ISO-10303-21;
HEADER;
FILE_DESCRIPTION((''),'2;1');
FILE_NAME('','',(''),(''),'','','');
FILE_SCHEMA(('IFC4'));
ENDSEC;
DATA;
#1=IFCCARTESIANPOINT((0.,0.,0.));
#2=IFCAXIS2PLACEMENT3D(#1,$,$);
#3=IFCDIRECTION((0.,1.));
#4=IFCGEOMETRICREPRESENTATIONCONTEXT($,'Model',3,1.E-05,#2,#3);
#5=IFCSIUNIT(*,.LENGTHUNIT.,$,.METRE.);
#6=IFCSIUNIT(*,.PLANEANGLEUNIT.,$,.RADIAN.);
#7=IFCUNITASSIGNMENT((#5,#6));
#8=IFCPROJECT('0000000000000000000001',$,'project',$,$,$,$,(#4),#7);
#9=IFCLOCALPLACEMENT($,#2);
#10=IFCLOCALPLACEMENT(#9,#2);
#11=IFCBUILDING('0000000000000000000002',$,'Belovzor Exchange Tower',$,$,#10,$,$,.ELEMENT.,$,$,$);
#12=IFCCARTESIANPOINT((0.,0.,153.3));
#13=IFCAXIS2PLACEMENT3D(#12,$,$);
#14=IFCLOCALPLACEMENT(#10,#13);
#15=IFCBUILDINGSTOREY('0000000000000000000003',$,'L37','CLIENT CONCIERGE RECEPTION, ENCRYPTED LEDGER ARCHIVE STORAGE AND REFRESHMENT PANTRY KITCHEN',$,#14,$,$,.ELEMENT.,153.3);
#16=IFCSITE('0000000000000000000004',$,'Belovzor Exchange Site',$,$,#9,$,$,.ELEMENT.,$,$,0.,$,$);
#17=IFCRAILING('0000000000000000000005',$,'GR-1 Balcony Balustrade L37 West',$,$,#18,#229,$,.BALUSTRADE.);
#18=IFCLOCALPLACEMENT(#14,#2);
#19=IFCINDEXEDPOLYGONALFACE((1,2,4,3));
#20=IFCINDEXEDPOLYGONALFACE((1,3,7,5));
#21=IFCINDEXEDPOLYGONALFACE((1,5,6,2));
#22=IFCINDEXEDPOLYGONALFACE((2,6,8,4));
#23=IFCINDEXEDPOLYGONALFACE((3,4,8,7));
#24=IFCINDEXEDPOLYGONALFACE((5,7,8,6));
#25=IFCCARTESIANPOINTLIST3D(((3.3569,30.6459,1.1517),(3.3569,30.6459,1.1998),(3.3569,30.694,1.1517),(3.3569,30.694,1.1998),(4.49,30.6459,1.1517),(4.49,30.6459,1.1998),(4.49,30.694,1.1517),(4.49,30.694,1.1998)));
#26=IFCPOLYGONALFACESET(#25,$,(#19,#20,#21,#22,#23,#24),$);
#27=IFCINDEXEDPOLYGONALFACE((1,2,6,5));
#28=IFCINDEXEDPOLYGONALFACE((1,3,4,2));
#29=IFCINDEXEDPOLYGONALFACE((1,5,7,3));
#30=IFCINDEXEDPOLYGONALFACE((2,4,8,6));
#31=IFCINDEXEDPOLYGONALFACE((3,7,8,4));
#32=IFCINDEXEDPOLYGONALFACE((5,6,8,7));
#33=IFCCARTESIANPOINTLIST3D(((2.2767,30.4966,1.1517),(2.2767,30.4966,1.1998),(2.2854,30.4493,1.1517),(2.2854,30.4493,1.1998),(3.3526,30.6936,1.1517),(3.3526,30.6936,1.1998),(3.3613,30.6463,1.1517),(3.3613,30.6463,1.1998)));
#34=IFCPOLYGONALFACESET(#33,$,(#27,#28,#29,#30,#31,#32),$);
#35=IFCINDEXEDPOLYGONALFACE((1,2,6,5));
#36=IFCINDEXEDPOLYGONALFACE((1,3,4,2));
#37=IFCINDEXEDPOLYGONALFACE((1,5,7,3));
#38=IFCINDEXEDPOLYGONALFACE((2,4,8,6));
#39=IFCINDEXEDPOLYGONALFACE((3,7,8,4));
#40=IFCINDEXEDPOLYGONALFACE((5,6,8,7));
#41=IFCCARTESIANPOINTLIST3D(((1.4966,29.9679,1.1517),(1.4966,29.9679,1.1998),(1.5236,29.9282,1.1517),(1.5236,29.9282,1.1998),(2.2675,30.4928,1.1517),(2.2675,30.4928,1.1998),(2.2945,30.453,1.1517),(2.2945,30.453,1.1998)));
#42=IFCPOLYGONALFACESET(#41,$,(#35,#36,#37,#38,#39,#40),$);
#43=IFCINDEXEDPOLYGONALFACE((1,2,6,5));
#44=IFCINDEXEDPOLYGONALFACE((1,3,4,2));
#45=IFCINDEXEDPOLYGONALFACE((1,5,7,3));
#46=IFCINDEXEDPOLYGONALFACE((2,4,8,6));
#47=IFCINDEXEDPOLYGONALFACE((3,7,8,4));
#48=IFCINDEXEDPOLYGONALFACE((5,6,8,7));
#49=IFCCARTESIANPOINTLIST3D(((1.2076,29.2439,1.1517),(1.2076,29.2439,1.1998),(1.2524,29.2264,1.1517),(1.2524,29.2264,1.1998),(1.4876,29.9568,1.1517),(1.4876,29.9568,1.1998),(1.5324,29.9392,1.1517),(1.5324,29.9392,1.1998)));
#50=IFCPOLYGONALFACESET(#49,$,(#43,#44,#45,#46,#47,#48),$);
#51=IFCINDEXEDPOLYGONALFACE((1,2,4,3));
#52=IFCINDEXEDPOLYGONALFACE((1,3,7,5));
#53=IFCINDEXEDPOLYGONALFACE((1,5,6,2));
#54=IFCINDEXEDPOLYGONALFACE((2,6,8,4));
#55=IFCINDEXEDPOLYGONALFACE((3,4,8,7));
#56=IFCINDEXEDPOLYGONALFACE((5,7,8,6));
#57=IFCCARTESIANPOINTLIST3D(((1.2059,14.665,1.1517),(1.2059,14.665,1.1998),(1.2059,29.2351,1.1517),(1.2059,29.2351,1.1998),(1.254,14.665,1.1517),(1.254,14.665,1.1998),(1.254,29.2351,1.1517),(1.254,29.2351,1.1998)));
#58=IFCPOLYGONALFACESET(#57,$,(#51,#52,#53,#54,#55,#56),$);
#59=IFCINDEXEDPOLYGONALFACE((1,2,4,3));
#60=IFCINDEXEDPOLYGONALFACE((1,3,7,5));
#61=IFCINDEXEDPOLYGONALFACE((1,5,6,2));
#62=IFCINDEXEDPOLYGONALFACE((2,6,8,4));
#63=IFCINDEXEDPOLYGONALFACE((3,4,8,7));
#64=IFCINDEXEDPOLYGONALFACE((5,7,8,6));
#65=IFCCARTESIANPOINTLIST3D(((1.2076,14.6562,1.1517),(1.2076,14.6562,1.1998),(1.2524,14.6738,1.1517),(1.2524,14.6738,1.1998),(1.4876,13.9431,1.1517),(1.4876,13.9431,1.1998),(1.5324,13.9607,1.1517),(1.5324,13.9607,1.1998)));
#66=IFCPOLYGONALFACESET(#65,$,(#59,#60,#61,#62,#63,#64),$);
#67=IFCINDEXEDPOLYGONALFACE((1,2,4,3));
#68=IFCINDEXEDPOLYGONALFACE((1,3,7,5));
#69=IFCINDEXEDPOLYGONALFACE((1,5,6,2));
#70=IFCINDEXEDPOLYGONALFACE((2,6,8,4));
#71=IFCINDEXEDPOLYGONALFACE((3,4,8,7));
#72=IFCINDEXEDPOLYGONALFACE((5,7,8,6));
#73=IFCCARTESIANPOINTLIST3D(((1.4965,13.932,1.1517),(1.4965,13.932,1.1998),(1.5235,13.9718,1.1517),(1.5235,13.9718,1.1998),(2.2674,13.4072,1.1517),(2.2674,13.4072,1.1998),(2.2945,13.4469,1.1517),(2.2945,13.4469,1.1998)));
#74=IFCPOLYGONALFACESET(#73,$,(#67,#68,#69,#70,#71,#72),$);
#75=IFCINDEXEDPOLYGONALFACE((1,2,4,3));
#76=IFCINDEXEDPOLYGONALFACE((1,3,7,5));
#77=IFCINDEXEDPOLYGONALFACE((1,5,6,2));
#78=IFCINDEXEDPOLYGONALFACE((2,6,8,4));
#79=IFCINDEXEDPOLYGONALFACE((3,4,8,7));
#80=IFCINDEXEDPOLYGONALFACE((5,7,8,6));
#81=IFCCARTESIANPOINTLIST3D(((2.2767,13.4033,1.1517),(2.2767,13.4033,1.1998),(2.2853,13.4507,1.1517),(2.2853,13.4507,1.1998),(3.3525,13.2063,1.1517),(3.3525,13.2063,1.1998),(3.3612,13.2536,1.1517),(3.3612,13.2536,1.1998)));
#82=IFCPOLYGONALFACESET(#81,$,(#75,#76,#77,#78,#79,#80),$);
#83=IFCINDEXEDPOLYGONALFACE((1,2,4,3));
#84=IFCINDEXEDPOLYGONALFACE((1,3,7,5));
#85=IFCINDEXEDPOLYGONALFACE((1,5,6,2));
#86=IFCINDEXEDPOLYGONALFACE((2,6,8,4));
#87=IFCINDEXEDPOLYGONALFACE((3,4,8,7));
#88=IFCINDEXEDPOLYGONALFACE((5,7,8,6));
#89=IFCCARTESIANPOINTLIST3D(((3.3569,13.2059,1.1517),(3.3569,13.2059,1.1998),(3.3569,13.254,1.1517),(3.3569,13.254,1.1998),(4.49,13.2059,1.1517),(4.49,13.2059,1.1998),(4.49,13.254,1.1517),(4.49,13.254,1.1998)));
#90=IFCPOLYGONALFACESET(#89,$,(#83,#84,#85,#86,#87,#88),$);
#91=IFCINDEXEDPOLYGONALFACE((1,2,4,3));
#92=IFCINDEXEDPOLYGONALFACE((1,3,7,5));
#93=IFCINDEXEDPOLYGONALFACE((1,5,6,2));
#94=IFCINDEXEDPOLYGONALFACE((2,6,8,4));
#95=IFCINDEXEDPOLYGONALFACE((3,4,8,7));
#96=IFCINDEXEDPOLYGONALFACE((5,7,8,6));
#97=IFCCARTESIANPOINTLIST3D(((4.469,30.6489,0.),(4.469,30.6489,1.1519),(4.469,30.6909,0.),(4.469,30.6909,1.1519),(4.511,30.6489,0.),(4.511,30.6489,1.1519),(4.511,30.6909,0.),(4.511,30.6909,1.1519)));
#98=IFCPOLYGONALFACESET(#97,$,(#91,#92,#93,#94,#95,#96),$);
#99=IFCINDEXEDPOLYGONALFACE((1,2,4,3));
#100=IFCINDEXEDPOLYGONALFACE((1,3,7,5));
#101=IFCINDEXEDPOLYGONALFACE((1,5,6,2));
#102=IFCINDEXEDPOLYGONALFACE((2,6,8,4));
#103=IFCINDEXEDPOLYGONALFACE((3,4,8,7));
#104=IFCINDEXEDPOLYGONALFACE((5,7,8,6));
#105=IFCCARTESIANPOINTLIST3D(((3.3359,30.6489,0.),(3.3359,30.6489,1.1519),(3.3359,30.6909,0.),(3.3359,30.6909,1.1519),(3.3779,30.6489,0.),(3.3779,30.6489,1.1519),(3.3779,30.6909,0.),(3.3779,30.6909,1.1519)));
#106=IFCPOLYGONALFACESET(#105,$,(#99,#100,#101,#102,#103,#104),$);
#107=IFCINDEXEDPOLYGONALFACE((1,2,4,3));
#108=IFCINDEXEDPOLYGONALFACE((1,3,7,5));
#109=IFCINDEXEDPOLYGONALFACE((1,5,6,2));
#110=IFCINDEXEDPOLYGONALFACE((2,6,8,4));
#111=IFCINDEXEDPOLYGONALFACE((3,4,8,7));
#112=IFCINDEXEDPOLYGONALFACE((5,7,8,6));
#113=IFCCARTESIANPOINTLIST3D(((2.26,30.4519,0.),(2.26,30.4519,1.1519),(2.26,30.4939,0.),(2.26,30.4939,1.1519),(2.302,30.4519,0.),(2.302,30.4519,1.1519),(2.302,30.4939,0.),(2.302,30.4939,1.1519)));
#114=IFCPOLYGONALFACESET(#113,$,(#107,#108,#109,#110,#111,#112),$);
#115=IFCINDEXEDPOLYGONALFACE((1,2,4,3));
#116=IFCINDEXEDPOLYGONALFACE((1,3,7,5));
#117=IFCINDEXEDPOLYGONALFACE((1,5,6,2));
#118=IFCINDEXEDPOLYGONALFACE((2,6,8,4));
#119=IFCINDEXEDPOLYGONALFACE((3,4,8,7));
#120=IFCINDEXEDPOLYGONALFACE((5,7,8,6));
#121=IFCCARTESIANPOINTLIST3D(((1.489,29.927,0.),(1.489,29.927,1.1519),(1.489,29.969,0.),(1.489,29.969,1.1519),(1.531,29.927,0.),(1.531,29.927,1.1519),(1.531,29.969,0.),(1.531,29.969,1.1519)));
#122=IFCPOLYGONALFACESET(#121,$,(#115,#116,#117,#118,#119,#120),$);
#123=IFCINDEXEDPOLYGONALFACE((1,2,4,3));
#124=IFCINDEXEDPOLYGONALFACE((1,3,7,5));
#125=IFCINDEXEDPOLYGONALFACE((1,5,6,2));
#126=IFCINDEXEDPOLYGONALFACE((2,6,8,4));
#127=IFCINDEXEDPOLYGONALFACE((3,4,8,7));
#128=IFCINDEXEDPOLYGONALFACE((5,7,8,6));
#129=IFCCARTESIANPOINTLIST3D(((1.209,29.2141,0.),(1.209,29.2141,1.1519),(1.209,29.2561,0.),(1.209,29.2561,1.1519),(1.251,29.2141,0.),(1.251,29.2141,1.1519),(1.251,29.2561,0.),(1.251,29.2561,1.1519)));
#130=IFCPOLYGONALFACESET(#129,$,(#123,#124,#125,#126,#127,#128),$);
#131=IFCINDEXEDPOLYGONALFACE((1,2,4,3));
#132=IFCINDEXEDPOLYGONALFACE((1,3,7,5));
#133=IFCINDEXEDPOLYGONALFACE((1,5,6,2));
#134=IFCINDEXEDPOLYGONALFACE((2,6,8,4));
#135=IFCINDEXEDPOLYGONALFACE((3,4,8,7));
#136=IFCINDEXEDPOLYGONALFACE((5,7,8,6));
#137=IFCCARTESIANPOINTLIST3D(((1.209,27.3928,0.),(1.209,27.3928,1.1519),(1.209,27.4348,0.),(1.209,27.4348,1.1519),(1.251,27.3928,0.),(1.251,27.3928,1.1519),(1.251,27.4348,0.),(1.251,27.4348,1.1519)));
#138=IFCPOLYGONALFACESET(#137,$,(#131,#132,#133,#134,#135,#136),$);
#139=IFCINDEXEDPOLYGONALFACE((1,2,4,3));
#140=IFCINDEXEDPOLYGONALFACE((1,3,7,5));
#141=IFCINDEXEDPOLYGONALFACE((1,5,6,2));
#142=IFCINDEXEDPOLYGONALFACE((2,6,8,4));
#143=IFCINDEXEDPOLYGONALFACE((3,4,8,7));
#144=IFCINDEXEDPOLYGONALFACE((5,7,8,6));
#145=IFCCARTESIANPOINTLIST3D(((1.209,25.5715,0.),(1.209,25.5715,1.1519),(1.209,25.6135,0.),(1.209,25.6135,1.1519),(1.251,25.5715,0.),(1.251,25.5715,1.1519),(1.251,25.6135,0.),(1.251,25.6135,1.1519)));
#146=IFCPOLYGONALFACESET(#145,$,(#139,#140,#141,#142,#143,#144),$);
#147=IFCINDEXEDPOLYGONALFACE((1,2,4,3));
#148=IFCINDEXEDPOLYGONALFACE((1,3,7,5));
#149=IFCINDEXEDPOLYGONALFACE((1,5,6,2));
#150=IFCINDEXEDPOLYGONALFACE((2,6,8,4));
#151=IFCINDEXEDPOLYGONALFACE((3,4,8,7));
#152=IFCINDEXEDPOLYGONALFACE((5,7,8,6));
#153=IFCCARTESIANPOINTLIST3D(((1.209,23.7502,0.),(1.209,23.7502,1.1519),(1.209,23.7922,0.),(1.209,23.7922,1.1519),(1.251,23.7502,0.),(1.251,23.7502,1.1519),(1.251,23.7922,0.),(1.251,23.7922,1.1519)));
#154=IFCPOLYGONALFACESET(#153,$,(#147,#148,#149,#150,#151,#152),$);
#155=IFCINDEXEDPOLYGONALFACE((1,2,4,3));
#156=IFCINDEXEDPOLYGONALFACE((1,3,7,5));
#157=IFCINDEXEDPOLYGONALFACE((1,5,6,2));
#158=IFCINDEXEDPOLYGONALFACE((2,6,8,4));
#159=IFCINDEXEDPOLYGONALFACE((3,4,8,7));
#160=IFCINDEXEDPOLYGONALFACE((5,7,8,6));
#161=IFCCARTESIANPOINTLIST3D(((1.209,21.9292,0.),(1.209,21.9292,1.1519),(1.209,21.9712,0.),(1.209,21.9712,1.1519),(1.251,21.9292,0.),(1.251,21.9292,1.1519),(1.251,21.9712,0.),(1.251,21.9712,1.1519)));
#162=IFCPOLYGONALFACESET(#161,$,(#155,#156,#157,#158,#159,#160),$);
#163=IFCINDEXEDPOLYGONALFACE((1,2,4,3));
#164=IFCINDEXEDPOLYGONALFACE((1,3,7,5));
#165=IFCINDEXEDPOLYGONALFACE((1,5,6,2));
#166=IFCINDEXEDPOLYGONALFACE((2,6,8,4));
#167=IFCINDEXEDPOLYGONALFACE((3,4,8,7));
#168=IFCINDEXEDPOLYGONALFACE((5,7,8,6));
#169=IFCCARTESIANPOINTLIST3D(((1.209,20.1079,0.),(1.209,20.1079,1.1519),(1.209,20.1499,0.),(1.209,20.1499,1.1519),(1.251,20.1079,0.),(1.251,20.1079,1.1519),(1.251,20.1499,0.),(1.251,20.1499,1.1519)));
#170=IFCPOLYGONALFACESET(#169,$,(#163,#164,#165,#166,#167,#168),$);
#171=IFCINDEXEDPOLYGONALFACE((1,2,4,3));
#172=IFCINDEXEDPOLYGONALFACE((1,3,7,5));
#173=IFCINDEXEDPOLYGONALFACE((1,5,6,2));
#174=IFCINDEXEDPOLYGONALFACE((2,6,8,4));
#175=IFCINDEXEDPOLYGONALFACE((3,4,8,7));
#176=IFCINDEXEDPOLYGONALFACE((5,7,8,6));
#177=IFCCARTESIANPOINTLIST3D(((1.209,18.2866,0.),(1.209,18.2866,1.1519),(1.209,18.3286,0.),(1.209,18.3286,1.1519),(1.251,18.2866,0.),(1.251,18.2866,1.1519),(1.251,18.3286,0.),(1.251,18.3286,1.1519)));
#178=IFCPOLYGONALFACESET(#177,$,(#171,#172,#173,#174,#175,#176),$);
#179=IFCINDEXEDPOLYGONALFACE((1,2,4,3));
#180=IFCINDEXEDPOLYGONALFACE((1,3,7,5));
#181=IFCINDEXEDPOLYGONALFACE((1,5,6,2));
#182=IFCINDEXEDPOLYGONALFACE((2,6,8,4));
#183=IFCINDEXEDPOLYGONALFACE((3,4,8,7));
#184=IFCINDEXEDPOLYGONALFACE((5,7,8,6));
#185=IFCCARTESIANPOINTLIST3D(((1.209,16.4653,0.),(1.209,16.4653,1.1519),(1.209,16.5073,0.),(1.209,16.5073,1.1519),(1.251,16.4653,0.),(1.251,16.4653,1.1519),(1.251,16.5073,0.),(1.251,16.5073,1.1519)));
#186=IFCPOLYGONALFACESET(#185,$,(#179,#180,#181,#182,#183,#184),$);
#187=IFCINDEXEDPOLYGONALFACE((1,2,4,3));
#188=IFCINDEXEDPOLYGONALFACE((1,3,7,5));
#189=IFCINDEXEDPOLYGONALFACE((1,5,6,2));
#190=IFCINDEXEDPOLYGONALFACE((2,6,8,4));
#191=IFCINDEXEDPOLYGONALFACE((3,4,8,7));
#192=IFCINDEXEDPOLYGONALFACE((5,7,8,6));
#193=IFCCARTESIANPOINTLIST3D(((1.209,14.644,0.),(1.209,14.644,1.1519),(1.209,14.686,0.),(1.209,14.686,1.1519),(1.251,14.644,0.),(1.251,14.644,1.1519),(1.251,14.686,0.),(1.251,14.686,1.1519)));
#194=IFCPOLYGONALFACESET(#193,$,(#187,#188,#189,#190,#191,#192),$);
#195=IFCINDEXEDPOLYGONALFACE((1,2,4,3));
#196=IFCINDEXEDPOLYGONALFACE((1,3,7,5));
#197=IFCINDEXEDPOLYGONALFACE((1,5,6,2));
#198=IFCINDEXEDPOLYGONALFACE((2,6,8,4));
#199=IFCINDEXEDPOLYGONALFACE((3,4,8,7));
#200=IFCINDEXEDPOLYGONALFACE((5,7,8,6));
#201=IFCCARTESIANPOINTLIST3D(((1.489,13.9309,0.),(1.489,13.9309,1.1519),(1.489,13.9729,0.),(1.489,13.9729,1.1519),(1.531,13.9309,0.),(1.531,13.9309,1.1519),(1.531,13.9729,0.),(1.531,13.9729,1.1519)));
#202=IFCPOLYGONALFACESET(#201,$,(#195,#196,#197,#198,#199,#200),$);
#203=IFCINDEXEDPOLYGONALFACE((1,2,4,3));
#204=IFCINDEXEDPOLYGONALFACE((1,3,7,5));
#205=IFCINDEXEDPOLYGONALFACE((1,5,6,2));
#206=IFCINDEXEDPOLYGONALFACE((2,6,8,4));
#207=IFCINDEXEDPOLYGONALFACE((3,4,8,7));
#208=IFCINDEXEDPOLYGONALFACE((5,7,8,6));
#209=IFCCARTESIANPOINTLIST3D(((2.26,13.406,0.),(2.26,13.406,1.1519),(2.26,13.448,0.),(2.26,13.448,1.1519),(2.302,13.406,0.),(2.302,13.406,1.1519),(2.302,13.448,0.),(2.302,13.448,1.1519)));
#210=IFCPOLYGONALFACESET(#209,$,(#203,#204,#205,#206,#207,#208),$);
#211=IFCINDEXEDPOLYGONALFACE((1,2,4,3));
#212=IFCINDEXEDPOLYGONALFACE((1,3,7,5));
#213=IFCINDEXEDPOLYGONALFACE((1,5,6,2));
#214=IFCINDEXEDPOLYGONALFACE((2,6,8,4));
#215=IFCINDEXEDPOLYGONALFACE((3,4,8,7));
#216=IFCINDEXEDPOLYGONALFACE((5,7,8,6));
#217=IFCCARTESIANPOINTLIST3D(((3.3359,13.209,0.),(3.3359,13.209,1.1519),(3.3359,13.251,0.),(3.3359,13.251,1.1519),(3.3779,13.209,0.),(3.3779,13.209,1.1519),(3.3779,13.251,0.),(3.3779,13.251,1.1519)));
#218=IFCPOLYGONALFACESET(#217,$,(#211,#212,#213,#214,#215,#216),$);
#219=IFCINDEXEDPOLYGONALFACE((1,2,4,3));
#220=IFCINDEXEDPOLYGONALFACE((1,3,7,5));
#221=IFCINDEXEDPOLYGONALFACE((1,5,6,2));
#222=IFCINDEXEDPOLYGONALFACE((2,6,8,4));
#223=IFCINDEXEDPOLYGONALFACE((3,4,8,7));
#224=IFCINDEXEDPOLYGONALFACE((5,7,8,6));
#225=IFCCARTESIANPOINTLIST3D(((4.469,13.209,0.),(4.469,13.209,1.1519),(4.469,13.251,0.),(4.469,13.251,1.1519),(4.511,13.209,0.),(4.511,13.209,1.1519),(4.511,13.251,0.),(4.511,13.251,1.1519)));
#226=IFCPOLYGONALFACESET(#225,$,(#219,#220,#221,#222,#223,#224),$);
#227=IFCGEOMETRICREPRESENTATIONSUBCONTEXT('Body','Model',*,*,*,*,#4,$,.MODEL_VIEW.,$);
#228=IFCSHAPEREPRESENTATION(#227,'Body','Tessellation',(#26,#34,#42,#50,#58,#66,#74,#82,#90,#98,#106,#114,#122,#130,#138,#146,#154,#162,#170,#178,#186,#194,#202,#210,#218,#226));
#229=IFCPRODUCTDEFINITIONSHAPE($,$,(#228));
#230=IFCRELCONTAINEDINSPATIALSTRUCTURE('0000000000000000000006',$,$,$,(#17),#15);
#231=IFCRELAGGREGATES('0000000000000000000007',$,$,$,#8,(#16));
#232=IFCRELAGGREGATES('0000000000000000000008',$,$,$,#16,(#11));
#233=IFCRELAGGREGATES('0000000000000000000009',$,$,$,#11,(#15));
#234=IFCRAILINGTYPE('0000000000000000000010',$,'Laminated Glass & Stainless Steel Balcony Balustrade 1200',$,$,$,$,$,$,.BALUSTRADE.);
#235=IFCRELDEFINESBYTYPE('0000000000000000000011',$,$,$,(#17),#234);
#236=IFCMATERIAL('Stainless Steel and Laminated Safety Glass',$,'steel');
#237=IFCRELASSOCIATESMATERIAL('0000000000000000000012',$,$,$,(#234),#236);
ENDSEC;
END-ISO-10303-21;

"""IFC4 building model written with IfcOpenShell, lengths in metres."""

from ifc_helpers import new_model, si_unit, direction, frame, origin, origin_2d, place, context, subcontext, project, spatial, rectangle, extrude, material, type_object, element, save


model = new_model("IFC4")

# Units and contexts
model_context = context("Model", 3, precision=1e-05, world=origin(), true_north=direction((0.0, 1.0)))
body_context = subcontext(model_context, "Body", "Model", "MODEL_VIEW")
ifc_project = project(units=[si_unit("LENGTHUNIT", "METRE"), si_unit("PLANEANGLEUNIT", "RADIAN")], contexts=[model_context])

# Site, building, storey
site_placement = place(None, origin())
site = spatial("IfcSite", under=ifc_project, at=site_placement, Name="Belovzor Exchange Site", CompositionType="ELEMENT", RefElevation=0.0)
building_placement = place(site_placement, origin())
building = spatial("IfcBuilding", under=site, at=building_placement, Name="Belovzor Exchange Tower", CompositionType="ELEMENT")
storey_placement = place(building_placement, frame((0.0, 0.0, 153.3)))
storey = spatial("IfcBuildingStorey", under=building, at=storey_placement, Name="L37", Description="CLIENT CONCIERGE RECEPTION, ENCRYPTED LEDGER ARCHIVE STORAGE AND REFRESHMENT PANTRY KITCHEN", CompositionType="ELEMENT", Elevation=153.3)

# Railing
ifc_material_1 = material(Name="Stainless Steel and Laminated Safety Glass", Category="steel")
railing_type = type_object("IfcRailingType", Name="Laminated Glass & Stainless Steel Balcony Balustrade 1200", PredefinedType="BALUSTRADE", material=ifc_material_1)
railing_placement = place(storey_placement, frame((4.49, 30.6699, 0.0)))
element("IfcRailing", 1, at=railing_placement, inside=storey, type_object=railing_type, Name="GR-1 Balcony Balustrade L37 West", PredefinedType="BALUSTRADE", context=body_context, shape_type="SweptSolid", body=[
    extrude(rectangle(XDim=0.0481, YDim=0.0481, at=origin_2d()), frame((0.0, 0.0, 1.1758), z_axis=(-1.0, 0.0, 0.0), x_axis=(0.0, -1.0, 0.0)), (0.0, 0.0, 1.0), 1.1331),
    extrude(rectangle(XDim=0.0481, YDim=0.0481, at=origin_2d()), frame((-1.1331, 0.0, 1.1758), z_axis=(-0.983644, -0.180123, 0.0), x_axis=(0.180123, -0.983644, 0.0)), (0.0, 0.0, 1.0), 1.0938),
    extrude(rectangle(XDim=0.0481, YDim=0.0481, at=origin_2d()), frame((-2.209, -0.197, 1.1758), z_axis=(-0.826615, -0.562768, 0.0), x_axis=(0.562768, -0.826615, 0.0)), (0.0, 0.0, 1.0), 0.9326),
    extrude(rectangle(XDim=0.0481, YDim=0.0481, at=origin_2d()), frame((-2.98, -0.7219, 1.1758), z_axis=(-0.365613, -0.930767, 0.0), x_axis=(0.930767, -0.365613, 0.0)), (0.0, 0.0, 1.0), 0.7659),
    extrude(rectangle(XDim=0.0481, YDim=0.0481, at=origin_2d()), frame((-3.26, -1.4348, 1.1758), z_axis=(0.0, -1.0, 0.0), x_axis=(1.0, 0.0, 0.0)), (0.0, 0.0, 1.0), 14.5701),
    extrude(rectangle(XDim=0.0481, YDim=0.0481, at=origin_2d()), frame((-3.26, -16.0049, 1.1758), z_axis=(0.365504, -0.93081, 0.0), x_axis=(0.93081, 0.365504, 0.0)), (0.0, 0.0, 1.0), 0.7661),
    extrude(rectangle(XDim=0.0481, YDim=0.0481, at=origin_2d()), frame((-2.98, -16.718, 1.1758), z_axis=(0.826615, -0.562768, 0.0), x_axis=(0.562768, 0.826615, 0.0)), (0.0, 0.0, 1.0), 0.9326),
    extrude(rectangle(XDim=0.0481, YDim=0.0481, at=origin_2d()), frame((-2.209, -17.2429, 1.1758), z_axis=(0.983644, -0.180123, 0.0), x_axis=(0.180123, 0.983644, 0.0)), (0.0, 0.0, 1.0), 1.0938),
    extrude(rectangle(XDim=0.0481, YDim=0.0481, at=origin_2d()), frame((-1.1331, -17.4399, 1.1758), z_axis=(1.0, 0.0, 0.0), x_axis=(0.0, 1.0, 0.0)), (0.0, 0.0, 1.0), 1.1331),
    extrude(rectangle(XDim=0.042, YDim=0.042, at=origin_2d()), origin(), (0.0, 0.0, 1.0), 1.1519),
    extrude(rectangle(XDim=0.042, YDim=0.042, at=origin_2d()), frame((-1.1331, 0.0, 0.0)), (0.0, 0.0, 1.0), 1.1519),
    extrude(rectangle(XDim=0.042, YDim=0.042, at=origin_2d()), frame((-2.209, -0.197, 0.0)), (0.0, 0.0, 1.0), 1.1519),
    extrude(rectangle(XDim=0.042, YDim=0.042, at=origin_2d()), frame((-2.98, -0.7219, 0.0)), (0.0, 0.0, 1.0), 1.1519),
    extrude(rectangle(XDim=0.042, YDim=0.042, at=origin_2d()), frame((-3.26, -1.4348, 0.0)), (0.0, 0.0, 1.0), 1.1519),
    extrude(rectangle(XDim=0.042, YDim=0.042, at=origin_2d()), frame((-3.26, -3.2561, 0.0)), (0.0, 0.0, 1.0), 1.1519),
    extrude(rectangle(XDim=0.042, YDim=0.042, at=origin_2d()), frame((-3.26, -5.0774, 0.0)), (0.0, 0.0, 1.0), 1.1519),
    extrude(rectangle(XDim=0.042, YDim=0.042, at=origin_2d()), frame((-3.26, -6.8987, 0.0)), (0.0, 0.0, 1.0), 1.1519),
    extrude(rectangle(XDim=0.042, YDim=0.042, at=origin_2d()), frame((-3.26, -8.7197, 0.0)), (0.0, 0.0, 1.0), 1.1519),
    extrude(rectangle(XDim=0.042, YDim=0.042, at=origin_2d()), frame((-3.26, -10.541, 0.0)), (0.0, 0.0, 1.0), 1.1519),
    extrude(rectangle(XDim=0.042, YDim=0.042, at=origin_2d()), frame((-3.26, -12.3623, 0.0)), (0.0, 0.0, 1.0), 1.1519),
    extrude(rectangle(XDim=0.042, YDim=0.042, at=origin_2d()), frame((-3.26, -14.1836, 0.0)), (0.0, 0.0, 1.0), 1.1519),
    extrude(rectangle(XDim=0.042, YDim=0.042, at=origin_2d()), frame((-3.26, -16.0049, 0.0)), (0.0, 0.0, 1.0), 1.1519),
    extrude(rectangle(XDim=0.042, YDim=0.042, at=origin_2d()), frame((-2.98, -16.718, 0.0)), (0.0, 0.0, 1.0), 1.1519),
    extrude(rectangle(XDim=0.042, YDim=0.042, at=origin_2d()), frame((-2.209, -17.2429, 0.0)), (0.0, 0.0, 1.0), 1.1519),
    extrude(rectangle(XDim=0.042, YDim=0.042, at=origin_2d()), frame((-1.1331, -17.4399, 0.0)), (0.0, 0.0, 1.0), 1.1519),
    extrude(rectangle(XDim=0.042, YDim=0.042, at=origin_2d()), frame((0.0, -17.4399, 0.0)), (0.0, 0.0, 1.0), 1.1519),
])

save(model, "model.ifc")
